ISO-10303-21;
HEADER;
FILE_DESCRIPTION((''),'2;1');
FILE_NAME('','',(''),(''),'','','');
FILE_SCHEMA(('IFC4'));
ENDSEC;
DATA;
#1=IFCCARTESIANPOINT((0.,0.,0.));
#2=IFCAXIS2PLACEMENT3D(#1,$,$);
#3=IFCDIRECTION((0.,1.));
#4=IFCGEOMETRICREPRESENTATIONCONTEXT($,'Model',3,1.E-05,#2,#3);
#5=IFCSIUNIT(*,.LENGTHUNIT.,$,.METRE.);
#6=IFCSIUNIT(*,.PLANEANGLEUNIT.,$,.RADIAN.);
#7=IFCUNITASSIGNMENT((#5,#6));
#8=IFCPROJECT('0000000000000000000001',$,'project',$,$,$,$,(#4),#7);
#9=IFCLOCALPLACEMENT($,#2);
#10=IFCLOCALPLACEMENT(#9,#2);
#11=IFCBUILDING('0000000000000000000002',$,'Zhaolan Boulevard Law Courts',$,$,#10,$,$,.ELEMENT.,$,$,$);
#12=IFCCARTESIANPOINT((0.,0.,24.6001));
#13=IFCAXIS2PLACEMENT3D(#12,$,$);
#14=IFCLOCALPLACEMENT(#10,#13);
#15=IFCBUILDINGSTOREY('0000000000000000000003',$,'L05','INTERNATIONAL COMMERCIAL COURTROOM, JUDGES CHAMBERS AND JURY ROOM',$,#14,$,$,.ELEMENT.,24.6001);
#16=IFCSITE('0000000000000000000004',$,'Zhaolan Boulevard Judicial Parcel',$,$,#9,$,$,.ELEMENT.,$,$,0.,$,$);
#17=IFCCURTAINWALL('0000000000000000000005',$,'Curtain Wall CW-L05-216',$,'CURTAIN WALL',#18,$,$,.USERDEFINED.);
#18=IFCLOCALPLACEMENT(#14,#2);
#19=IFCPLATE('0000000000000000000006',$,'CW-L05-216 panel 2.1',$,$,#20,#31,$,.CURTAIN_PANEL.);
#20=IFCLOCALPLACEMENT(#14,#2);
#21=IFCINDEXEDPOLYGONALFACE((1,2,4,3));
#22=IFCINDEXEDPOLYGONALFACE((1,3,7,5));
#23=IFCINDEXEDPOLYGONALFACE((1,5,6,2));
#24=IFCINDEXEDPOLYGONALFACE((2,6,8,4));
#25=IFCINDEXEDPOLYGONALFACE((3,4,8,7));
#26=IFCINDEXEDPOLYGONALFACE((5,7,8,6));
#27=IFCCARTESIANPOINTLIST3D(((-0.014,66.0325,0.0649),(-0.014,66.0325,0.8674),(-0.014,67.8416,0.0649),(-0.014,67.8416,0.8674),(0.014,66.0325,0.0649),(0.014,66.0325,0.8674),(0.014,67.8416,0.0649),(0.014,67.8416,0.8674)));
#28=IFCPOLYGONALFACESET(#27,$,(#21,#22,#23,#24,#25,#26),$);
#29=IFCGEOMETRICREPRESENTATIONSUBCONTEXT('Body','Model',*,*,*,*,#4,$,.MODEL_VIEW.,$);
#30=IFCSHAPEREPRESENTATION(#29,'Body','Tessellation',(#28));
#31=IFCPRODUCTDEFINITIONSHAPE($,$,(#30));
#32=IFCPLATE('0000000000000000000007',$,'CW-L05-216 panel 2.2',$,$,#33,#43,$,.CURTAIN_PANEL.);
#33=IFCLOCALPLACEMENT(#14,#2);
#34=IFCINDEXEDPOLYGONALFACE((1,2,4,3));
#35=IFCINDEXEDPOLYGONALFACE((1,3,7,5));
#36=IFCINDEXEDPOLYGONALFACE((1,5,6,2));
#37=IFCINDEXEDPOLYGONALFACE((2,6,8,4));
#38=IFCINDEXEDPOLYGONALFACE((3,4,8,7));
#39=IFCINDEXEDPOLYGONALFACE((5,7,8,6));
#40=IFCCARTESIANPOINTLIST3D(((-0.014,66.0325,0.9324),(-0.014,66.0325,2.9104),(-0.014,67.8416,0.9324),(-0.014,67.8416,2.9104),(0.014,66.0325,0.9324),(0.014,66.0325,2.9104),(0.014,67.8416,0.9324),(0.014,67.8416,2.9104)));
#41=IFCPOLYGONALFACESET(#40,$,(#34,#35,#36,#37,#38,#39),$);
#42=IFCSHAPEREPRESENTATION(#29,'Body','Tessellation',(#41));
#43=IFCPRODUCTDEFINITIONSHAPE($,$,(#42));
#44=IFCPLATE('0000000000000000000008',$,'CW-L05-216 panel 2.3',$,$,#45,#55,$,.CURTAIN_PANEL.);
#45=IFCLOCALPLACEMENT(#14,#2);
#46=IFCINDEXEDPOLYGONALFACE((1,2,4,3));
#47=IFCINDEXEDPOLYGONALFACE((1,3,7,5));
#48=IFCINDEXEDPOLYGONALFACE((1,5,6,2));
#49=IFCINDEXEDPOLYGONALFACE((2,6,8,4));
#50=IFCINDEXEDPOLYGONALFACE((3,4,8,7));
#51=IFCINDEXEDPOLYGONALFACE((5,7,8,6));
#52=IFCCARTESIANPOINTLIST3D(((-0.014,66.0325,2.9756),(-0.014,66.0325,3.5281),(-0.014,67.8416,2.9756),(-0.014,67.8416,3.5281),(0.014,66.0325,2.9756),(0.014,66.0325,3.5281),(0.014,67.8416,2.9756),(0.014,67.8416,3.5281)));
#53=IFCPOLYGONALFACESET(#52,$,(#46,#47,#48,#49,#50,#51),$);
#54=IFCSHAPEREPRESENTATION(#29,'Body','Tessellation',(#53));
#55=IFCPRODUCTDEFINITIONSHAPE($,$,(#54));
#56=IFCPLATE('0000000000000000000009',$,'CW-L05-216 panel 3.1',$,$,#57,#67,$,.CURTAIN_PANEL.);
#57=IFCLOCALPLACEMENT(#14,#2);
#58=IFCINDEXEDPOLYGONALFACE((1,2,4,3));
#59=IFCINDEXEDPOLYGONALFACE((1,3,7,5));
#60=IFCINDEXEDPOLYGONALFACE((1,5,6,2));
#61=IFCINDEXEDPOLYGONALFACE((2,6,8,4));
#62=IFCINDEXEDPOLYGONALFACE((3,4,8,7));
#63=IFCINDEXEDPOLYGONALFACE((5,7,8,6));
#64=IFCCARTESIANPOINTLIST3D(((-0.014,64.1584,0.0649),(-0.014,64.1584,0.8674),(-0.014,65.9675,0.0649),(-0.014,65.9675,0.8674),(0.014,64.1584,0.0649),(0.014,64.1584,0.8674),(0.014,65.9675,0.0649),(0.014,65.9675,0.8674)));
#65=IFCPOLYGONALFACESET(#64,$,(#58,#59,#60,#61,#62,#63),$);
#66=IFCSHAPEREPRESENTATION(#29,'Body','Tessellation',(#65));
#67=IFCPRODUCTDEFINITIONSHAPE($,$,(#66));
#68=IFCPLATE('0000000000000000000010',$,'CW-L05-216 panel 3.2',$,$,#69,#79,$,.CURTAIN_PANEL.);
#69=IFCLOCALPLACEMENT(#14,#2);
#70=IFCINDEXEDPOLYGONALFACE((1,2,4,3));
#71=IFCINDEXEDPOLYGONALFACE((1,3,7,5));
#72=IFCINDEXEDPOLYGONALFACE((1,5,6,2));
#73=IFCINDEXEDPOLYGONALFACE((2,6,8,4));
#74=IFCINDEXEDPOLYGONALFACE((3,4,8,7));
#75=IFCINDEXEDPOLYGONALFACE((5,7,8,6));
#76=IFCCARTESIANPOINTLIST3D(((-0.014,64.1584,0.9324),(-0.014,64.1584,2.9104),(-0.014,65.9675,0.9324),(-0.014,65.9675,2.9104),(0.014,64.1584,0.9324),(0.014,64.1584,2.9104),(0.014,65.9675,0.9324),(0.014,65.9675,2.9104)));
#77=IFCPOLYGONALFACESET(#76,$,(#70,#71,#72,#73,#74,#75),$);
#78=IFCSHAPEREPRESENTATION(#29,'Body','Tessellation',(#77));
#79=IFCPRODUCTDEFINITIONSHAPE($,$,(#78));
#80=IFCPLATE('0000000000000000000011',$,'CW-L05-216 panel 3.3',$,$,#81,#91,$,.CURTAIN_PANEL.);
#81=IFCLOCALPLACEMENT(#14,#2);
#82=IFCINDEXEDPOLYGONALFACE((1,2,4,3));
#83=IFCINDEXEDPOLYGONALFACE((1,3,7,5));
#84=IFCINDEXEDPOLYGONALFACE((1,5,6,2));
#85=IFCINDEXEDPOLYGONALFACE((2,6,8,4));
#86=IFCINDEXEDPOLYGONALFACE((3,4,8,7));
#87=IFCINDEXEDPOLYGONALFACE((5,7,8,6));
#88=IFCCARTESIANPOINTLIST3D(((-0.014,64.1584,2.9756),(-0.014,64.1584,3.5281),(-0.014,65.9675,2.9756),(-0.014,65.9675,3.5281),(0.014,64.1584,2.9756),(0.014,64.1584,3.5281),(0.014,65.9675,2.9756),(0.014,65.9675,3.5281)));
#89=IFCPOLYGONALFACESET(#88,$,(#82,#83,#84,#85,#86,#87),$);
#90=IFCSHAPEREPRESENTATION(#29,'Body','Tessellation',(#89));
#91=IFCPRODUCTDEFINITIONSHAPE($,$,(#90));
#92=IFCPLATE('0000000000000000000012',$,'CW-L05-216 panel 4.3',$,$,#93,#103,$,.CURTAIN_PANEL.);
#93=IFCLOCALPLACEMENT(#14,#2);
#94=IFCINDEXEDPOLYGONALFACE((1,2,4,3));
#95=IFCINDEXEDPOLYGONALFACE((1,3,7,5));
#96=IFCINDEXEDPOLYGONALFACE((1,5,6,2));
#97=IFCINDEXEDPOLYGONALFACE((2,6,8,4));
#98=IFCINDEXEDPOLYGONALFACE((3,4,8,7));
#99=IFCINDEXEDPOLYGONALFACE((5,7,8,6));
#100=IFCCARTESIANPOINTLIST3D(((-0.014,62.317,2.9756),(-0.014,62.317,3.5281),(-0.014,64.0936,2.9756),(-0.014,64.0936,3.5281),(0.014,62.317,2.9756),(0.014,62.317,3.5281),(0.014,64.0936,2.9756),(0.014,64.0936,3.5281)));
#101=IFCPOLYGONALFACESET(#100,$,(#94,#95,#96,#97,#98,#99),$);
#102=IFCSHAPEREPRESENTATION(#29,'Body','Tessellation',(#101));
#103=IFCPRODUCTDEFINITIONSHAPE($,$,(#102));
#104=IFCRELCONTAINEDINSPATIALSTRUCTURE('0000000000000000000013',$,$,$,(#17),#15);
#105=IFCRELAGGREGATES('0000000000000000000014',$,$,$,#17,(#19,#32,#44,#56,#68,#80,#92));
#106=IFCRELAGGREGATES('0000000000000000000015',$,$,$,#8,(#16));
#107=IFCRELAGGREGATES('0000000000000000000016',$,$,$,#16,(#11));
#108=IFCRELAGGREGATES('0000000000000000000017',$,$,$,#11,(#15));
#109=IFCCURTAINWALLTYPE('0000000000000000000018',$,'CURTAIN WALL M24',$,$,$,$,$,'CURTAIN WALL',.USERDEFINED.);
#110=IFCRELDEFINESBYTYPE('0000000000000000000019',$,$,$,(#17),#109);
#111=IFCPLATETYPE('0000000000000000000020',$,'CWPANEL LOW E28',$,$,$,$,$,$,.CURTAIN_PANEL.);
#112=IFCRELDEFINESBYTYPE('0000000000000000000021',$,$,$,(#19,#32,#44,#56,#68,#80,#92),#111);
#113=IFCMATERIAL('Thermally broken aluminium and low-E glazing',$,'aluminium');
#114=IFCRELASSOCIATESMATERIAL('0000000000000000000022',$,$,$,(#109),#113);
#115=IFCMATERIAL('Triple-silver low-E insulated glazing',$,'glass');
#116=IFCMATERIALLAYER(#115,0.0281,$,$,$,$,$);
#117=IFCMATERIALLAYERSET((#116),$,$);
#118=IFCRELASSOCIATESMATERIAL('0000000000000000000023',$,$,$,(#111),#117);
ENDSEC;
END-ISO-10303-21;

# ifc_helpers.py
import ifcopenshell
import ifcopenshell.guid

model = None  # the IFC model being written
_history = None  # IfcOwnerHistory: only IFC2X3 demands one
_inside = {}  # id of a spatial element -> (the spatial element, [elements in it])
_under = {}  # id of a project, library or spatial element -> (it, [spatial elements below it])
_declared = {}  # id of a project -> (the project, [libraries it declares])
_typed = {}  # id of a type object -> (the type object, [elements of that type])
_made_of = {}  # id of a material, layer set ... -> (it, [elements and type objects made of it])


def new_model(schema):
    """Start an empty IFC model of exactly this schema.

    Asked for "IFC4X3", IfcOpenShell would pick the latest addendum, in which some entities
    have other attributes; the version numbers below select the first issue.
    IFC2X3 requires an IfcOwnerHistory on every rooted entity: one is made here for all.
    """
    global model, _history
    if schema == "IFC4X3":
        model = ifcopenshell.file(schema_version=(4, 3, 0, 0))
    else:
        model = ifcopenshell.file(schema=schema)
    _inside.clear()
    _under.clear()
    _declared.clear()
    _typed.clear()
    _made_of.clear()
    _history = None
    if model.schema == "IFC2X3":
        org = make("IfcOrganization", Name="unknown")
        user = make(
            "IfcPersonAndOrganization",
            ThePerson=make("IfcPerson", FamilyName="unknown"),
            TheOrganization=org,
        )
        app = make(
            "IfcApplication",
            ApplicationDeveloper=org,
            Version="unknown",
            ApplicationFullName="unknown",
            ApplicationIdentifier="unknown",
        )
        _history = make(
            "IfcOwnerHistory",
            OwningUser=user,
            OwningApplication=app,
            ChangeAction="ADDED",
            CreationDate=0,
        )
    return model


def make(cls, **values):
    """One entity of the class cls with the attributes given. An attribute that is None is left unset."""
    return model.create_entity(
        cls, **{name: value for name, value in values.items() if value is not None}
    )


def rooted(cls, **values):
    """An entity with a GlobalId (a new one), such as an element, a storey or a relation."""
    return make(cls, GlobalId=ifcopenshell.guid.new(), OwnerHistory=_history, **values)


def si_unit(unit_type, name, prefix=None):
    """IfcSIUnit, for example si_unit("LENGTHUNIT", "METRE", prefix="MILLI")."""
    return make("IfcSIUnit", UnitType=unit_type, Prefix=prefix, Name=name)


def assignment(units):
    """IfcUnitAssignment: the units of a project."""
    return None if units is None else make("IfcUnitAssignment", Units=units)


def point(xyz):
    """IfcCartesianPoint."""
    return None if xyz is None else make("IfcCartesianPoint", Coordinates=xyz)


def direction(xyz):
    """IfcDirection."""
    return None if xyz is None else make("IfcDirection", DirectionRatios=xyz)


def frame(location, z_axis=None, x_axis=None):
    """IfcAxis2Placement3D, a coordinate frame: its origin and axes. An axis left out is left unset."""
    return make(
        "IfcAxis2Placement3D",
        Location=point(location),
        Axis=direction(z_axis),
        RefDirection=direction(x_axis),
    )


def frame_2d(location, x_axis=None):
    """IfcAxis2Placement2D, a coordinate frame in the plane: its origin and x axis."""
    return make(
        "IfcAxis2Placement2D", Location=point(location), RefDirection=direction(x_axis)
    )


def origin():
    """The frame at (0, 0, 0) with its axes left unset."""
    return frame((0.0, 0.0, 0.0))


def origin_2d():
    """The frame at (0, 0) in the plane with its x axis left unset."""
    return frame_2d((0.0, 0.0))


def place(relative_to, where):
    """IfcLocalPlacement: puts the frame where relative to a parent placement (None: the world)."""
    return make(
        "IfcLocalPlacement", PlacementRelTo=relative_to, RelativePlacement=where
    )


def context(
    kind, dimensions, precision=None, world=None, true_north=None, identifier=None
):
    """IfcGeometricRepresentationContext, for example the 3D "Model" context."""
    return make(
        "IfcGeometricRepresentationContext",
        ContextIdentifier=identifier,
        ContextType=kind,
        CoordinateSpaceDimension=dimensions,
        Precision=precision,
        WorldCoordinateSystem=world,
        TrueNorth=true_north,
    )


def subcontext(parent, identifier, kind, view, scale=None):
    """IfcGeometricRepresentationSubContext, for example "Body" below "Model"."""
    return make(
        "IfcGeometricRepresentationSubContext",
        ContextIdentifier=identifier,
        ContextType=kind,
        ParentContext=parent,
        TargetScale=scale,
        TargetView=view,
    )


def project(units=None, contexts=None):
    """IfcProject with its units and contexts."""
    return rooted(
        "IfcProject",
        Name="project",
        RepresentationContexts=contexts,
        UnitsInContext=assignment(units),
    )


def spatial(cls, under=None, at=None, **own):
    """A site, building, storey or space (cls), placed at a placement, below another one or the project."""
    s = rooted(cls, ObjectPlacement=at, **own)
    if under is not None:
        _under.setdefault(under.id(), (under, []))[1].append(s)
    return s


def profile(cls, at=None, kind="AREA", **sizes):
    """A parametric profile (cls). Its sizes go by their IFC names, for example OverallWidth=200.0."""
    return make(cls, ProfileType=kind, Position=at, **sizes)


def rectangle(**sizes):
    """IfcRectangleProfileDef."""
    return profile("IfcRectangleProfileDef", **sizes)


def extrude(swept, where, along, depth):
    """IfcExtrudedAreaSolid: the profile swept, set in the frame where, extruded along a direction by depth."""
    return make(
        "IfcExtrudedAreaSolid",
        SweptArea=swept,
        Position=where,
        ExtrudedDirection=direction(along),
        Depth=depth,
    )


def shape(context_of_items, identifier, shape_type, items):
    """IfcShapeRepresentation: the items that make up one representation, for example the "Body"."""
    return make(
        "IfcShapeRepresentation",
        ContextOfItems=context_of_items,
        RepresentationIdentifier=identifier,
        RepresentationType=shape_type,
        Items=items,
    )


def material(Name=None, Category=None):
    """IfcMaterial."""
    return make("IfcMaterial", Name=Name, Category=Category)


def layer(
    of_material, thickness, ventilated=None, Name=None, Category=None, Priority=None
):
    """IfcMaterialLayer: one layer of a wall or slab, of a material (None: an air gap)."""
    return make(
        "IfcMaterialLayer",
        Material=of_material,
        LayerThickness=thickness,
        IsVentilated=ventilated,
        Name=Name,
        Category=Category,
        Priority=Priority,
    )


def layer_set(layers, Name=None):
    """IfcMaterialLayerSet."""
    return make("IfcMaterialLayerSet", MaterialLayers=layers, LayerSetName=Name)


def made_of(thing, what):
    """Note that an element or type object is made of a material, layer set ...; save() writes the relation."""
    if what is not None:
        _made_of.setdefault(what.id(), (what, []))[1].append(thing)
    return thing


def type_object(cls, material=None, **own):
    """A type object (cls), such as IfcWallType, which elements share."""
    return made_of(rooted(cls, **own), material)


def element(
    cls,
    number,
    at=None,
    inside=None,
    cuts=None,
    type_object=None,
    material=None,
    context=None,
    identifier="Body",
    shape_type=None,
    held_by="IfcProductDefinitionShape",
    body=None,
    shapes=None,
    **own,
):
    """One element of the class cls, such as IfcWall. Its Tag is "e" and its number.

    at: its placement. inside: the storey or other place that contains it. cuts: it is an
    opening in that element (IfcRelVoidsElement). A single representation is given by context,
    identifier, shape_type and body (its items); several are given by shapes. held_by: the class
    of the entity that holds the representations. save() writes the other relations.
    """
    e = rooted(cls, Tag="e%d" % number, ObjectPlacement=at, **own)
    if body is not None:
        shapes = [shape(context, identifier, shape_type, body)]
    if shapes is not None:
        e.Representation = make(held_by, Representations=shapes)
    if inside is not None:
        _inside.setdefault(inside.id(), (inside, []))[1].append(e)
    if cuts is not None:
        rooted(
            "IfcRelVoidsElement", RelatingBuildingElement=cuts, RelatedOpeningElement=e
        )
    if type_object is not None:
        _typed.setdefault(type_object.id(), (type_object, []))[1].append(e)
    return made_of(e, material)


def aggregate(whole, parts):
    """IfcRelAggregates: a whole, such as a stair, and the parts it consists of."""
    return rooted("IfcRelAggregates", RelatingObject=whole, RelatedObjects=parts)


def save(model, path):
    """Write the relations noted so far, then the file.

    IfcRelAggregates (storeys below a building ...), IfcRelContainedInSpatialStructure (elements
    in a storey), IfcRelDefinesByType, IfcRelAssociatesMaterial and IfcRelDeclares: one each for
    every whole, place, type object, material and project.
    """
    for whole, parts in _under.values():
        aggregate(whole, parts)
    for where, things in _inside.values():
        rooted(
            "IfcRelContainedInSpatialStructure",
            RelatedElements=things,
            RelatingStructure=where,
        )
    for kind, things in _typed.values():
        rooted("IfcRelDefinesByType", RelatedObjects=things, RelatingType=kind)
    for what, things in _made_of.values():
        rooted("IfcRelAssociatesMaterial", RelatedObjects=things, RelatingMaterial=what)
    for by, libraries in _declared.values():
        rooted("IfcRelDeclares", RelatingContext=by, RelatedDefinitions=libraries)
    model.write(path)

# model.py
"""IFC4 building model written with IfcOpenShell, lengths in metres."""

from ifc_helpers import new_model, si_unit, direction, frame, origin, origin_2d, place, context, subcontext, project, spatial, rectangle, extrude, material, layer, layer_set, type_object, element, aggregate, save


model = new_model("IFC4")

# Units and contexts
model_context = context("Model", 3, precision=1e-05, world=origin(), true_north=direction((0.0, 1.0)))
body_context = subcontext(model_context, "Body", "Model", "MODEL_VIEW")
ifc_project = project(units=[si_unit("LENGTHUNIT", "METRE"), si_unit("PLANEANGLEUNIT", "RADIAN")], contexts=[model_context])

# Site, building, storey
site_placement = place(None, origin())
site = spatial("IfcSite", under=ifc_project, at=site_placement, Name="Zhaolan Boulevard Judicial Parcel", CompositionType="ELEMENT", RefElevation=0.0)
building_placement = place(site_placement, origin())
building = spatial("IfcBuilding", under=site, at=building_placement, Name="Zhaolan Boulevard Law Courts", CompositionType="ELEMENT")
storey_placement = place(building_placement, frame((0.0, 0.0, 24.6001)))
storey = spatial("IfcBuildingStorey", under=building, at=storey_placement, Name="L05", Description="INTERNATIONAL COMMERCIAL COURTROOM, JUDGES CHAMBERS AND JURY ROOM", CompositionType="ELEMENT", Elevation=24.6001)

# Curtain wall, plates
ifc_material_1 = material(Name="Thermally broken aluminium and low-E glazing", Category="aluminium")
curtain_wall_type = type_object("IfcCurtainWallType", Name="CURTAIN WALL M24", ElementType="CURTAIN WALL", PredefinedType="USERDEFINED", material=ifc_material_1)
curtain_wall_placement = place(storey_placement, origin())
curtain_wall = element("IfcCurtainWall", 1, at=curtain_wall_placement, inside=storey, type_object=curtain_wall_type, Name="Curtain Wall CW-L05-216", ObjectType="CURTAIN WALL", PredefinedType="USERDEFINED")
ifc_material_2 = material(Name="Triple-silver low-E insulated glazing", Category="glass")
ifc_layer = layer(ifc_material_2, 0.0281)
ifc_layer_set = layer_set([ifc_layer])
plate_type = type_object("IfcPlateType", Name="CWPANEL LOW E28", PredefinedType="CURTAIN_PANEL", material=ifc_layer_set)
plate_1_placement = place(storey_placement, frame((0.0, 66.937, 0.0649), z_axis=(0.0, 0.0, 1.0), x_axis=(0.0, -1.0, 0.0)))
plate_1 = element("IfcPlate", 2, at=plate_1_placement, type_object=plate_type, Name="CW-L05-216 panel 2.1", PredefinedType="CURTAIN_PANEL", context=body_context, shape_type="SweptSolid", body=[
    extrude(rectangle(XDim=1.8091, YDim=0.0281, at=origin_2d()), origin(), (0.0, 0.0, 1.0), 0.8025),
])
plate_2_placement = place(storey_placement, frame((0.0, 66.937, 0.9324), z_axis=(0.0, 0.0, 1.0), x_axis=(0.0, -1.0, 0.0)))
plate_2 = element("IfcPlate", 3, at=plate_2_placement, type_object=plate_type, Name="CW-L05-216 panel 2.2", PredefinedType="CURTAIN_PANEL", context=body_context, shape_type="SweptSolid", body=[
    extrude(rectangle(XDim=1.8091, YDim=0.0281, at=origin_2d()), origin(), (0.0, 0.0, 1.0), 1.978),
])
plate_3_placement = place(storey_placement, frame((0.0, 66.937, 2.9756), z_axis=(0.0, 0.0, 1.0), x_axis=(0.0, -1.0, 0.0)))
plate_3 = element("IfcPlate", 4, at=plate_3_placement, type_object=plate_type, Name="CW-L05-216 panel 2.3", PredefinedType="CURTAIN_PANEL", context=body_context, shape_type="SweptSolid", body=[
    extrude(rectangle(XDim=1.8091, YDim=0.0281, at=origin_2d()), origin(), (0.0, 0.0, 1.0), 0.5525),
])
plate_4_placement = place(storey_placement, frame((0.0, 65.063, 0.0649), z_axis=(0.0, 0.0, 1.0), x_axis=(0.0, -1.0, 0.0)))
plate_4 = element("IfcPlate", 5, at=plate_4_placement, type_object=plate_type, Name="CW-L05-216 panel 3.1", PredefinedType="CURTAIN_PANEL", context=body_context, shape_type="SweptSolid", body=[
    extrude(rectangle(XDim=1.8091, YDim=0.0281, at=origin_2d()), origin(), (0.0, 0.0, 1.0), 0.8025),
])
plate_5_placement = place(storey_placement, frame((0.0, 65.063, 0.9324), z_axis=(0.0, 0.0, 1.0), x_axis=(0.0, -1.0, 0.0)))
plate_5 = element("IfcPlate", 6, at=plate_5_placement, type_object=plate_type, Name="CW-L05-216 panel 3.2", PredefinedType="CURTAIN_PANEL", context=body_context, shape_type="SweptSolid", body=[
    extrude(rectangle(XDim=1.8091, YDim=0.0281, at=origin_2d()), origin(), (0.0, 0.0, 1.0), 1.978),
])
plate_6_placement = place(storey_placement, frame((0.0, 65.063, 2.9756), z_axis=(0.0, 0.0, 1.0), x_axis=(0.0, -1.0, 0.0)))
plate_6 = element("IfcPlate", 7, at=plate_6_placement, type_object=plate_type, Name="CW-L05-216 panel 3.3", PredefinedType="CURTAIN_PANEL", context=body_context, shape_type="SweptSolid", body=[
    extrude(rectangle(XDim=1.8091, YDim=0.0281, at=origin_2d()), origin(), (0.0, 0.0, 1.0), 0.5525),
])
plate_7_placement = place(storey_placement, frame((0.0, 63.2053, 2.9756), z_axis=(0.0, 0.0, 1.0), x_axis=(0.0, -1.0, 0.0)))
plate_7 = element("IfcPlate", 8, at=plate_7_placement, type_object=plate_type, Name="CW-L05-216 panel 4.3", PredefinedType="CURTAIN_PANEL", context=body_context, shape_type="SweptSolid", body=[
    extrude(rectangle(XDim=1.7766, YDim=0.0281, at=origin_2d()), origin(), (0.0, 0.0, 1.0), 0.5525),
])
aggregate(curtain_wall, [plate_1, plate_2, plate_3, plate_4, plate_5, plate_6, plate_7])

save(model, "model.ifc")
